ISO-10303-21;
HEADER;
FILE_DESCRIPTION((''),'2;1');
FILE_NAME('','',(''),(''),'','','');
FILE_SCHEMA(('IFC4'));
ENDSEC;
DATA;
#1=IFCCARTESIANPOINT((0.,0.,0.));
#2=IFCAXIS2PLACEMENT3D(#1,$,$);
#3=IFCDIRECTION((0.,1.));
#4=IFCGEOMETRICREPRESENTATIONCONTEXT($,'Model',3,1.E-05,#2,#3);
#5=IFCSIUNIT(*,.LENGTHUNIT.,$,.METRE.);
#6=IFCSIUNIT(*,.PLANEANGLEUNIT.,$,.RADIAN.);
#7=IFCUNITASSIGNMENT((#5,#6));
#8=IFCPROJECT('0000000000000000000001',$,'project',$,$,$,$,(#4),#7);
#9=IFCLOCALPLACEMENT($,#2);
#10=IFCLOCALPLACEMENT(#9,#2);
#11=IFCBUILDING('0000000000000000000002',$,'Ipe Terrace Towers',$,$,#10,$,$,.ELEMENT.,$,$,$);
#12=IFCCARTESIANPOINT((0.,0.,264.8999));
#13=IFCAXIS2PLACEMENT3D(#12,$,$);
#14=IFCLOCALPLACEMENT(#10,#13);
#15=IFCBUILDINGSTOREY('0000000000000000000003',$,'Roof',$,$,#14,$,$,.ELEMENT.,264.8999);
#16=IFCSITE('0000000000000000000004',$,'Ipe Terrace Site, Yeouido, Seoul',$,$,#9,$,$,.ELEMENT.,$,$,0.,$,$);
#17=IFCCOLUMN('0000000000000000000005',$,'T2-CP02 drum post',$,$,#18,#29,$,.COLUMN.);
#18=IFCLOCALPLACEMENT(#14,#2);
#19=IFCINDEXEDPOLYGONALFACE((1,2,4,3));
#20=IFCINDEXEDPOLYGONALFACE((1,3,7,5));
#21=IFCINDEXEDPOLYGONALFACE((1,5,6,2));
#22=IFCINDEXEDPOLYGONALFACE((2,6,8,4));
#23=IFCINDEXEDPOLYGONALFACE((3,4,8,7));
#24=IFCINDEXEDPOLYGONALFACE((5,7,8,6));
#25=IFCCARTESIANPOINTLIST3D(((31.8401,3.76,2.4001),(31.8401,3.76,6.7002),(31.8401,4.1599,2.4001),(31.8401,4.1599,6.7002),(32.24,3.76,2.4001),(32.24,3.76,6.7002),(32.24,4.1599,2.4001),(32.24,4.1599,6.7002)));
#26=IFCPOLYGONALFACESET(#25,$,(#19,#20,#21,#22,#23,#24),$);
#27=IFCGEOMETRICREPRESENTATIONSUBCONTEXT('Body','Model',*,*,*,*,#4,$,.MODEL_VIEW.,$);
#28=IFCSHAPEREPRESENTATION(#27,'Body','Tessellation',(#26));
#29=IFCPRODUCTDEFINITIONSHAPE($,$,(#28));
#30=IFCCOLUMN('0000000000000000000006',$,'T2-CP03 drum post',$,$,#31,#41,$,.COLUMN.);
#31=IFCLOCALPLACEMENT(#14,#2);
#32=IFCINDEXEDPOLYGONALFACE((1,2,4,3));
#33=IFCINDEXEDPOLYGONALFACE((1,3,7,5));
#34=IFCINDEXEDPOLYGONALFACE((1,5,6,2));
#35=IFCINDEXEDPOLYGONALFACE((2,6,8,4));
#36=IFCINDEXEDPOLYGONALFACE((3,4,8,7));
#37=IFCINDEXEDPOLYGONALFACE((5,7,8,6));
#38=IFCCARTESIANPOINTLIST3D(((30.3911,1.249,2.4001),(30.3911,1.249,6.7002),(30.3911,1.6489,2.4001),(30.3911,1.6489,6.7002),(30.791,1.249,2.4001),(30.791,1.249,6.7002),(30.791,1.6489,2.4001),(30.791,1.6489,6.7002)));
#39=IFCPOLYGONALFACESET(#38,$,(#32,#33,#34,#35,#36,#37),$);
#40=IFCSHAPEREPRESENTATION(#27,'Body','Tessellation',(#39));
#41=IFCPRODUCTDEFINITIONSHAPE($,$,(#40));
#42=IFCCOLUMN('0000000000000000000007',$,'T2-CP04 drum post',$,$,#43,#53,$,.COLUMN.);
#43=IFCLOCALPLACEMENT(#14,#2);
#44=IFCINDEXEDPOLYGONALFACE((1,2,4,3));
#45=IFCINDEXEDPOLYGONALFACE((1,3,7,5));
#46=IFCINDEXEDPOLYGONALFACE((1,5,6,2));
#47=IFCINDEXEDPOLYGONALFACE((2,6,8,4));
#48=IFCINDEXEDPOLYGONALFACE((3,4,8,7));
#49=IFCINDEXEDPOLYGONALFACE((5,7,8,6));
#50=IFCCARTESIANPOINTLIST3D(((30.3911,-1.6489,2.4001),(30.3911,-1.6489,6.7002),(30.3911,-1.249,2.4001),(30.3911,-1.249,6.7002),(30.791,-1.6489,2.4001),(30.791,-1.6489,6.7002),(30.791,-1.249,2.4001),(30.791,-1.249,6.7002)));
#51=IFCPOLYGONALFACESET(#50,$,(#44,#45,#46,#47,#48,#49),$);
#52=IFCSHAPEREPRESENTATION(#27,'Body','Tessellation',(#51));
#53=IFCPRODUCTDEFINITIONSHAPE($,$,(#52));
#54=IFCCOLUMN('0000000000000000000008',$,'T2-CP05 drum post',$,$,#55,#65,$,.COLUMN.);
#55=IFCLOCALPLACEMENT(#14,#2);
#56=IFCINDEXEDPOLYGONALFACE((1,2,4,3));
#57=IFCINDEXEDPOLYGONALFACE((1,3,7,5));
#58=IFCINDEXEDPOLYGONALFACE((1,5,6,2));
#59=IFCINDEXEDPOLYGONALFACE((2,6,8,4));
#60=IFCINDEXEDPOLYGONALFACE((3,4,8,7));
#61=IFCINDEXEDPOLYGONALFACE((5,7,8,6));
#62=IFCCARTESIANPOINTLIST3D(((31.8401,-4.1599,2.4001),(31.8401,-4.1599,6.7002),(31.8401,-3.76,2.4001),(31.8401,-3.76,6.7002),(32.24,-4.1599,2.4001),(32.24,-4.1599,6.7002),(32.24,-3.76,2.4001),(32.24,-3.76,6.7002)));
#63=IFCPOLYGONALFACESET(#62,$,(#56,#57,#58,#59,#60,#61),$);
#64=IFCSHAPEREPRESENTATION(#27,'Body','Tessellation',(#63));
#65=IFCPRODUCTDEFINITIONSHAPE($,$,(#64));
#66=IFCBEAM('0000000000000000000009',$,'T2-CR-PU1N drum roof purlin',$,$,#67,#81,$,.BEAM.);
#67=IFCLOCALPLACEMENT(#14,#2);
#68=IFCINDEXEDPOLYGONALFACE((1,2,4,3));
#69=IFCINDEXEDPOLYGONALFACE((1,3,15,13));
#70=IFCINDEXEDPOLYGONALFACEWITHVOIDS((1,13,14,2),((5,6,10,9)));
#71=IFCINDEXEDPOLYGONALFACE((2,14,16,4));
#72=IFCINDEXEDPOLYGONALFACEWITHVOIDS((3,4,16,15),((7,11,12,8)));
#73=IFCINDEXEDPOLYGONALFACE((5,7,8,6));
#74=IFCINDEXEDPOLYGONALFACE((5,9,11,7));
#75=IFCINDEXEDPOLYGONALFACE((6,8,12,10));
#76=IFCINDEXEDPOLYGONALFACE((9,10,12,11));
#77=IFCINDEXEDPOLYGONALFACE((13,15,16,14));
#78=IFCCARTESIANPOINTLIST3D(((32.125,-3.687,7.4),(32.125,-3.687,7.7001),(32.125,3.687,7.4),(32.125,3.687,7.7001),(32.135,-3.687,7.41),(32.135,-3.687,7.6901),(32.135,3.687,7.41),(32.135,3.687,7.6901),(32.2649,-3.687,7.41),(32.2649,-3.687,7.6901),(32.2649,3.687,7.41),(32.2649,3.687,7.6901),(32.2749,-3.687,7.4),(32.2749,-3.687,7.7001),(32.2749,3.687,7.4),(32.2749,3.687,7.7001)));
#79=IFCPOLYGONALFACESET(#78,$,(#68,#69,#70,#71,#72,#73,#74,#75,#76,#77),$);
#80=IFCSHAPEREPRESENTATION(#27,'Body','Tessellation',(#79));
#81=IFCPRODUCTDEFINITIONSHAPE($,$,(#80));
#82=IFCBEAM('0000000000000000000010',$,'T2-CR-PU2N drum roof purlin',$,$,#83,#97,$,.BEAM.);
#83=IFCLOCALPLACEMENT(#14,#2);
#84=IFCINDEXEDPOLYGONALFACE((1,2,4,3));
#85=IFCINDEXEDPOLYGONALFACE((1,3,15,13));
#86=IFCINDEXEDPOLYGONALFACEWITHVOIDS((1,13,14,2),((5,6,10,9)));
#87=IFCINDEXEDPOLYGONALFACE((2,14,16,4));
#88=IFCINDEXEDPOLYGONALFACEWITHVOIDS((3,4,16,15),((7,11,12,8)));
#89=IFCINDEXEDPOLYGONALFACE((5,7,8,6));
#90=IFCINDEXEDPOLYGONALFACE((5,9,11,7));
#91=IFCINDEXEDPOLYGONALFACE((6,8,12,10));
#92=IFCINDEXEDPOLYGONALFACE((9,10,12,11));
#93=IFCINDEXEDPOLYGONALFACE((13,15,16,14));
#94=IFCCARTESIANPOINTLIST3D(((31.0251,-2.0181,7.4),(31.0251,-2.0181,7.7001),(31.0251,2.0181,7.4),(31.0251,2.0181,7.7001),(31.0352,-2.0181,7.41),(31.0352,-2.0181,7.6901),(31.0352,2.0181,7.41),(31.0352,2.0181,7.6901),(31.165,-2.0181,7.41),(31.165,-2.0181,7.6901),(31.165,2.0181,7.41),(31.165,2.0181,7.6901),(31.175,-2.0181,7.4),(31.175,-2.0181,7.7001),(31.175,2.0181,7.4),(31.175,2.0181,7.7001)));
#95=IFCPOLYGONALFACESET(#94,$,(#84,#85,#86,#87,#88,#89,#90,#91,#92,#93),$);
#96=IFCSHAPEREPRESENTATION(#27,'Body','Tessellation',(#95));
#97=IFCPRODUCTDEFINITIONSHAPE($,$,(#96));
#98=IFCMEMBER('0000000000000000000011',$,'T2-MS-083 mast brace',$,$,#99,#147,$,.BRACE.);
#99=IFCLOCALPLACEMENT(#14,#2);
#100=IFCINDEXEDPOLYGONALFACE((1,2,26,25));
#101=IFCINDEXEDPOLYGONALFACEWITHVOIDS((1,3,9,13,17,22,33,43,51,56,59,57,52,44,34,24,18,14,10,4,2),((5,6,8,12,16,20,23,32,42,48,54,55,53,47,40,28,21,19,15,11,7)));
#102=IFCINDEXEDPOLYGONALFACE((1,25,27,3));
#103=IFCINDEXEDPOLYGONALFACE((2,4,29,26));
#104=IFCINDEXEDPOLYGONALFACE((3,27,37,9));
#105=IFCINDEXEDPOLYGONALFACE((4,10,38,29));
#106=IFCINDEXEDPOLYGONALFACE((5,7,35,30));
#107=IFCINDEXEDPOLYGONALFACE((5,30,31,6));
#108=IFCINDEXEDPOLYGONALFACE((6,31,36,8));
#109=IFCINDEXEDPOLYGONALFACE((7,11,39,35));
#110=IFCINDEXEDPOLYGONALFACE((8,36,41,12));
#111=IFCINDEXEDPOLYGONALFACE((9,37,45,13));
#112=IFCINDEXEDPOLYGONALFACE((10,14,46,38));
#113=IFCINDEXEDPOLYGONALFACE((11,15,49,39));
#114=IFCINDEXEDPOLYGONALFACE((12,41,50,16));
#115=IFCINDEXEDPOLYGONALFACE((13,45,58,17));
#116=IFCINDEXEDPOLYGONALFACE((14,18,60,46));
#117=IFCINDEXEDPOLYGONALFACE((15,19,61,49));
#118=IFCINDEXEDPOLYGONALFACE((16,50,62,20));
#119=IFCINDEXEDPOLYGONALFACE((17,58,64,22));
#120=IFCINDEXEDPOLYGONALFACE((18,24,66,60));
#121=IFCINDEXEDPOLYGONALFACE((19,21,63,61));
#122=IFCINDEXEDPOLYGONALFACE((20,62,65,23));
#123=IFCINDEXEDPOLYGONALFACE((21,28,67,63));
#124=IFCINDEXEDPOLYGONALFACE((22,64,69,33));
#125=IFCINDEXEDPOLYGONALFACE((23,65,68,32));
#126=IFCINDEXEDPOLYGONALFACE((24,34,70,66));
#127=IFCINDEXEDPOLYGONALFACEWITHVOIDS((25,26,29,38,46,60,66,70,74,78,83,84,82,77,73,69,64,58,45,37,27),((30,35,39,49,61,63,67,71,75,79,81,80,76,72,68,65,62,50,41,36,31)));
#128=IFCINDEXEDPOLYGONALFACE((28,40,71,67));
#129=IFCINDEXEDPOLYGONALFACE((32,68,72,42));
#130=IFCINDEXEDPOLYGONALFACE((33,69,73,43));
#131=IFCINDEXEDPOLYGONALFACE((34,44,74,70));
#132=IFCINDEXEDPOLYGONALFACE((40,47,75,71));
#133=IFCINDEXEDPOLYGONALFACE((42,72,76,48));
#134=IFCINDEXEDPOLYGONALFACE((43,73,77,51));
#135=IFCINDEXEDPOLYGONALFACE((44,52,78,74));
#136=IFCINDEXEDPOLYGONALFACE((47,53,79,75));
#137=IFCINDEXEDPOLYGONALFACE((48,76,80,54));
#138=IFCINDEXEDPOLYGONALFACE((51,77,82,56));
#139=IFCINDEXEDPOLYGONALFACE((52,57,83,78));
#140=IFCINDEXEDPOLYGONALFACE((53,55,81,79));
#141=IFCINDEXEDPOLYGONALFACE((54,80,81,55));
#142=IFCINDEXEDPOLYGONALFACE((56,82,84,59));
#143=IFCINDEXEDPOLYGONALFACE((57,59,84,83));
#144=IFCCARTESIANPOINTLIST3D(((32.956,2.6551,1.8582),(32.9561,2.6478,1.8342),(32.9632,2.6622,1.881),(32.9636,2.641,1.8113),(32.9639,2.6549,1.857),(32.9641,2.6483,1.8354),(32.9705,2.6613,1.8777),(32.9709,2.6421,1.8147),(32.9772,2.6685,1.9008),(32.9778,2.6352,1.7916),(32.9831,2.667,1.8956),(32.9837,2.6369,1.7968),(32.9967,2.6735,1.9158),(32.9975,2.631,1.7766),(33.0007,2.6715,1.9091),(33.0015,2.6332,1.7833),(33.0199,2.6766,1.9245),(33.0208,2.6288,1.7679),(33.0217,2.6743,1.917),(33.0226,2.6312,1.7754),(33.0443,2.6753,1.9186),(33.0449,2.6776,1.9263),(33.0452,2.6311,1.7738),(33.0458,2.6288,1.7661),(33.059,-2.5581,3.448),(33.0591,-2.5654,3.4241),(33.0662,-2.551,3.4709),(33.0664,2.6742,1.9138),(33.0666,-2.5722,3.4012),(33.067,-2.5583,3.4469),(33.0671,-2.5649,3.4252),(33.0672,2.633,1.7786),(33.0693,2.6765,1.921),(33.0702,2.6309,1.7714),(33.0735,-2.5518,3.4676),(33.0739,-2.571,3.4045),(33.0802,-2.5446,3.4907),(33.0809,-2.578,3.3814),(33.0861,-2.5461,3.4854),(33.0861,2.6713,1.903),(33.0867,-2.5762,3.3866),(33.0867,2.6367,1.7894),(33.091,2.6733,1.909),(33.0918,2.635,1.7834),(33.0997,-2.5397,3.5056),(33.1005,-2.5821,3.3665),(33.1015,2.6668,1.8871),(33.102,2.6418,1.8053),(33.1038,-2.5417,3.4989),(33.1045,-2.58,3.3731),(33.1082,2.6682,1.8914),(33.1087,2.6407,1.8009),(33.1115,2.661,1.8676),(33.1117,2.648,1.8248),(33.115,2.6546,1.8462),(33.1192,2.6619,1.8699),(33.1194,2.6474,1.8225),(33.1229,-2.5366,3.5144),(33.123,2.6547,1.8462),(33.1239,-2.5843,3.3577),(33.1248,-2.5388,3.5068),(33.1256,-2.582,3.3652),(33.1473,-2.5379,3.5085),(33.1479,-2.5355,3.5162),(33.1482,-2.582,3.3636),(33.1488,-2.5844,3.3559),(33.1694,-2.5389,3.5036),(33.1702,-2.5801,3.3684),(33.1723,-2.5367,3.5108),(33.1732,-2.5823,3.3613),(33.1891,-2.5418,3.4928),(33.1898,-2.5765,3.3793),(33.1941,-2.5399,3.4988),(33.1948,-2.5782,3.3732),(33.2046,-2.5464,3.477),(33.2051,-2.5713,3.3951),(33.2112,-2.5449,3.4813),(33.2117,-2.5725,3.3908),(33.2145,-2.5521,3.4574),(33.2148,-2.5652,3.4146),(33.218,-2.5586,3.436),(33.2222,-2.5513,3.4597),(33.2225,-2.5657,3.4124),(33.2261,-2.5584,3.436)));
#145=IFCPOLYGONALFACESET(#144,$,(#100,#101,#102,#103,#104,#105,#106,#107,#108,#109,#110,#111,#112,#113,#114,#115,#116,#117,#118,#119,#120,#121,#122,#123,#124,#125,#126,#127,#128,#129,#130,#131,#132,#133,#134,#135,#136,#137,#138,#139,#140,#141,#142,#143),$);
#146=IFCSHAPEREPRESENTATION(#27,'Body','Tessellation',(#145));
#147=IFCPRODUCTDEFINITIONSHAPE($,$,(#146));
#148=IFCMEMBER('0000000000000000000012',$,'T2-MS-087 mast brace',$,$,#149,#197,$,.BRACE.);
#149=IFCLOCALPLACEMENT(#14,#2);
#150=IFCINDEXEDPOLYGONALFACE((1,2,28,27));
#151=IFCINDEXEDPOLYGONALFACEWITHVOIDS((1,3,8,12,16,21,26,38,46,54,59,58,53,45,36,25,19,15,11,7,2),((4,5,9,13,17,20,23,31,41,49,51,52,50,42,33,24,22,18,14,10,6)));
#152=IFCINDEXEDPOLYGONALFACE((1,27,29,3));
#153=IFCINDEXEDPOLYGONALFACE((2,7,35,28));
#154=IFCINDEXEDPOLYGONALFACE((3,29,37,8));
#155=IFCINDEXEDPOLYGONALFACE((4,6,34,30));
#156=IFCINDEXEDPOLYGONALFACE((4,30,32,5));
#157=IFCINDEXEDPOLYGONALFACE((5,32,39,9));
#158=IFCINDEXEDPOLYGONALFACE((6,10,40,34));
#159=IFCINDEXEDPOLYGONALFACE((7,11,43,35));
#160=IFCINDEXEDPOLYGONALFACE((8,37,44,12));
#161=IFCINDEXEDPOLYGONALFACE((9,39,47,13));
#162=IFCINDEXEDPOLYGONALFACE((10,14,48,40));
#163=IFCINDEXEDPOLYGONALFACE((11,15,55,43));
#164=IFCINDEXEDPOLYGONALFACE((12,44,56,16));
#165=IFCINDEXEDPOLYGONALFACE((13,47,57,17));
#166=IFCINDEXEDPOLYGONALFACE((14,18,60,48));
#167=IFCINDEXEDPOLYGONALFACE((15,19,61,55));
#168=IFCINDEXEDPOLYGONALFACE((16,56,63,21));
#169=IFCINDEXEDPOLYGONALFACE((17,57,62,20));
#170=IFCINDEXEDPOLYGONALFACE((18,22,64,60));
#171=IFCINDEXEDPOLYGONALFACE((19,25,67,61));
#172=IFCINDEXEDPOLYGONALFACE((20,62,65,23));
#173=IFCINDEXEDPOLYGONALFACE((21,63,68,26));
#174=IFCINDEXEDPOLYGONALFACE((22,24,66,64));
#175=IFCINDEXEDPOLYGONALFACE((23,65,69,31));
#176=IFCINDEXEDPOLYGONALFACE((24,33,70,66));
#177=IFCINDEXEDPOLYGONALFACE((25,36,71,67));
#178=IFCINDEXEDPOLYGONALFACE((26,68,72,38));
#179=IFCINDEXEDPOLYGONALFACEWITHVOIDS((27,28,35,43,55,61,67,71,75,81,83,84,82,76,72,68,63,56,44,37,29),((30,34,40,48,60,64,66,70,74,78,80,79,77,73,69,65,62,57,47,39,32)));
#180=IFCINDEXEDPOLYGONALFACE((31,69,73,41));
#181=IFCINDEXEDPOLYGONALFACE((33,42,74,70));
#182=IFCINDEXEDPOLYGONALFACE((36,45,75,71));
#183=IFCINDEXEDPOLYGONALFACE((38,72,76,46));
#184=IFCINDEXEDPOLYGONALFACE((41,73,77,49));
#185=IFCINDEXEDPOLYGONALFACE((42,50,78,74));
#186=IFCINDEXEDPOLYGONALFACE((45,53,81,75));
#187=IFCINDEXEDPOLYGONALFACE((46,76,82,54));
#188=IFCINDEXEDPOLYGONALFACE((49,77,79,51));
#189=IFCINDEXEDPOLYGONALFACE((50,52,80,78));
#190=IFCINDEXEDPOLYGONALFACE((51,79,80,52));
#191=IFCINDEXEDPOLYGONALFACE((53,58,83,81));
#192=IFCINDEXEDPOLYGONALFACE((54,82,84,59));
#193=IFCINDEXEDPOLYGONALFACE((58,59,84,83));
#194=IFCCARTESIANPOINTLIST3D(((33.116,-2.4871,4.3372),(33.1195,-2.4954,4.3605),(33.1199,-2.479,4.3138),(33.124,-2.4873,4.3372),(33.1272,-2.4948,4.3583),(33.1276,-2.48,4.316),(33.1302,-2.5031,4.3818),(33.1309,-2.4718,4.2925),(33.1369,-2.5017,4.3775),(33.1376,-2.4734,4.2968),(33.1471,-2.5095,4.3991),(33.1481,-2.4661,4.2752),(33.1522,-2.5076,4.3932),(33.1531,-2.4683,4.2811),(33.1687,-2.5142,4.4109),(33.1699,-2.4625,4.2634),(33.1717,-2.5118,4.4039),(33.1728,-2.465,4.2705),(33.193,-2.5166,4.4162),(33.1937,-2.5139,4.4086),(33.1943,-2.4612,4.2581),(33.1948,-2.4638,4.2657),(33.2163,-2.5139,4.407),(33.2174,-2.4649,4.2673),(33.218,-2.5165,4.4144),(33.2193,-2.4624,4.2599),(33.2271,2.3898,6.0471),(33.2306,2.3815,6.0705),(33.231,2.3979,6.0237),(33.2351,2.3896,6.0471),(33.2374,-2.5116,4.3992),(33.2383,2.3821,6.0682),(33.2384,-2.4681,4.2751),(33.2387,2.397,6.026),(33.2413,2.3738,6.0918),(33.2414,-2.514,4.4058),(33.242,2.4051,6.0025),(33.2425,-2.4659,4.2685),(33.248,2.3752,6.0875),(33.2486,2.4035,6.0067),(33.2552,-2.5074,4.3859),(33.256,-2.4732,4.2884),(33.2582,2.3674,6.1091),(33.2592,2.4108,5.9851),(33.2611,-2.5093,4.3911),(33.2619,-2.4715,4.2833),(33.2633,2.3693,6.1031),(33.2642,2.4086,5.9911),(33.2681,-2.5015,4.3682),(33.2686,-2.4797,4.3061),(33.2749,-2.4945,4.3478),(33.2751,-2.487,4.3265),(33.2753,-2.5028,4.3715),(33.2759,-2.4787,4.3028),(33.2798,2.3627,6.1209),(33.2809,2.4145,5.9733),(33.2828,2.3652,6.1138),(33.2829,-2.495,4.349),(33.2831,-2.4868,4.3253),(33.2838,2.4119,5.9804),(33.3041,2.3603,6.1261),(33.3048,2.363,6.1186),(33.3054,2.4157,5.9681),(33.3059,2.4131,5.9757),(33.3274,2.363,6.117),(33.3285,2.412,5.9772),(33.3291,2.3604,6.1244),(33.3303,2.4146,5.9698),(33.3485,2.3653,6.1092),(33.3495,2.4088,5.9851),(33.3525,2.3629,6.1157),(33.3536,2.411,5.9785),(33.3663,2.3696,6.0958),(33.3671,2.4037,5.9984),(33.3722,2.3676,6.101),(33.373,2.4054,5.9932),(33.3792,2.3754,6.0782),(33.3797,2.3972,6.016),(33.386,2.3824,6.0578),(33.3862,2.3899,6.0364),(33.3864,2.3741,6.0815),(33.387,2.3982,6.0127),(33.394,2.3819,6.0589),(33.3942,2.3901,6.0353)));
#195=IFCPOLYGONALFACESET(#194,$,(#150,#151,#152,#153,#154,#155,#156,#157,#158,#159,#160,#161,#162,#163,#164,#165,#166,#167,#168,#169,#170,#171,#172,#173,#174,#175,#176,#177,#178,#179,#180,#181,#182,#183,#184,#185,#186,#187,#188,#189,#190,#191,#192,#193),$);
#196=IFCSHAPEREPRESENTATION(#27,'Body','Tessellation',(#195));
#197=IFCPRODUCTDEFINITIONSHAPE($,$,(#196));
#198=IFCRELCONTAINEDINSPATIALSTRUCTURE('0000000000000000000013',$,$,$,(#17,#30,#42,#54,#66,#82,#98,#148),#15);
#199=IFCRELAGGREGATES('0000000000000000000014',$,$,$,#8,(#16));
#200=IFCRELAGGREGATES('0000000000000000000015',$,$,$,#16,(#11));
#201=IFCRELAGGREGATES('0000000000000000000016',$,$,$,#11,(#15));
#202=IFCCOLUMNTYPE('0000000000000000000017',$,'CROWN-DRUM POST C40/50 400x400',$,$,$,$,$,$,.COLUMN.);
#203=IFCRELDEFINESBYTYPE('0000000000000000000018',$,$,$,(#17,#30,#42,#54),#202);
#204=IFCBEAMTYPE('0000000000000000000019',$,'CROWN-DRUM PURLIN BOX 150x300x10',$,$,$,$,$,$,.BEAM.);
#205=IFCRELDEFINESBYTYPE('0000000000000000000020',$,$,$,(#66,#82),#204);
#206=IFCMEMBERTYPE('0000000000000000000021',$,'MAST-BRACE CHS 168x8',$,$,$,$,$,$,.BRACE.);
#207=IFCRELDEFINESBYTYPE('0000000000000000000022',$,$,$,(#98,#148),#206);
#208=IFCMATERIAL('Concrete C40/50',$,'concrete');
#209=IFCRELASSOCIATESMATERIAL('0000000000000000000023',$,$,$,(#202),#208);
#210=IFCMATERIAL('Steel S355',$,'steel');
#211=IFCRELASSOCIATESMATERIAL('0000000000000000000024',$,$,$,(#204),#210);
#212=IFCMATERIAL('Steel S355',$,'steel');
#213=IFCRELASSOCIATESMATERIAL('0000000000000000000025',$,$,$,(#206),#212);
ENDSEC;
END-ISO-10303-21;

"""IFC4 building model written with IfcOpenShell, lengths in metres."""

from ifc_helpers import new_model, si_unit, direction, frame, origin, origin_2d, place, context, subcontext, project, spatial, rectangle, hollow_rectangle, hollow_circle, extrude, material, material_profile, profile_set, type_object, element, save


model = new_model("IFC4")

# Units and contexts
model_context = context("Model", 3, precision=1e-05, world=origin(), true_north=direction((0.0, 1.0)))
body_context = subcontext(model_context, "Body", "Model", "MODEL_VIEW")
ifc_project = project(units=[si_unit("LENGTHUNIT", "METRE"), si_unit("PLANEANGLEUNIT", "RADIAN")], contexts=[model_context])

# Site, building, storey
site_placement = place(None, origin())
site = spatial("IfcSite", under=ifc_project, at=site_placement, Name="Ipe Terrace Site, Yeouido, Seoul", CompositionType="ELEMENT", RefElevation=0.0)
building_placement = place(site_placement, origin())
building = spatial("IfcBuilding", under=site, at=building_placement, Name="Ipe Terrace Towers", CompositionType="ELEMENT")
storey_placement = place(building_placement, frame((0.0, 0.0, 264.8999)))
storey = spatial("IfcBuildingStorey", under=building, at=storey_placement, Name="Roof", CompositionType="ELEMENT", Elevation=264.8999)

# Columns
ifc_material_1 = material(Name="Concrete C40/50", Category="concrete")
ifc_material_profile_1 = material_profile(ifc_material_1, rectangle(XDim=0.3999, YDim=0.3999, at=origin_2d()), Name="CROWN-DRUM POST C40/50 400x400")
ifc_profile_set_1 = profile_set([ifc_material_profile_1], Name="Concrete C40/50")
column_type = type_object("IfcColumnType", Name="CROWN-DRUM POST C40/50 400x400", PredefinedType="COLUMN", material=ifc_profile_set_1)
for number, where, z_axis, x_axis, name in (
    (1, (32.04, 3.96, 2.4001), (0.0, 0.0, 1.0), (1.0, 0.0, 0.0), "T2-CP02 drum post"),
    (2, (30.5911, 1.449, 2.4001), (0.0, 0.0, 1.0), (1.0, 0.0, 0.0), "T2-CP03 drum post"),
    (3, (30.5911, -1.449, 2.4001), (0.0, 0.0, 1.0), (1.0, 0.0, 0.0), "T2-CP04 drum post"),
    (4, (32.04, -3.96, 2.4001), (0.0, 0.0, 1.0), (1.0, 0.0, 0.0), "T2-CP05 drum post"),
):
    element("IfcColumn", number, at=place(storey_placement, frame(where, z_axis=z_axis, x_axis=x_axis)), inside=storey, type_object=column_type, Name=name, PredefinedType="COLUMN", context=body_context, shape_type="SweptSolid", body=[
        extrude(rectangle(XDim=0.3999, YDim=0.3999, at=origin_2d()), origin(), (0.0, 0.0, 1.0), 4.3),
    ])

# Beams
ifc_material_2 = material(Name="Steel S355", Category="steel")
ifc_material_profile_2 = material_profile(ifc_material_2, hollow_rectangle(XDim=0.1499, YDim=0.3, WallThickness=0.01, at=origin_2d()), Name="CROWN-DRUM PURLIN BOX 150x300x10")
ifc_profile_set_2 = profile_set([ifc_material_profile_2], Name="Steel S355")
beam_type_1 = type_object("IfcBeamType", Name="CROWN-DRUM PURLIN BOX 150x300x10", PredefinedType="BEAM", material=ifc_profile_set_2)
beam_1_placement = place(storey_placement, frame((32.2, -3.687, 7.55), z_axis=(0.0, 1.0, 0.0), x_axis=(-1.0, 0.0, 0.0)))
element("IfcBeam", 5, at=beam_1_placement, inside=storey, type_object=beam_type_1, Name="T2-CR-PU1N drum roof purlin", PredefinedType="BEAM", context=body_context, shape_type="SweptSolid", body=[
    extrude(hollow_rectangle(XDim=0.1499, YDim=0.3, WallThickness=0.01, at=origin_2d()), origin(), (0.0, 0.0, 1.0), 7.374),
])
beam_2_placement = place(storey_placement, frame((31.1001, -2.0181, 7.55), z_axis=(0.0, 1.0, 0.0), x_axis=(-1.0, 0.0, 0.0)))
element("IfcBeam", 6, at=beam_2_placement, inside=storey, type_object=beam_type_1, Name="T2-CR-PU2N drum roof purlin", PredefinedType="BEAM", context=body_context, shape_type="SweptSolid", body=[
    extrude(hollow_rectangle(XDim=0.1499, YDim=0.3, WallThickness=0.01, at=origin_2d()), origin(), (0.0, 0.0, 1.0), 4.0361),
])

# Members
ifc_material_3 = material(Name="Steel S355", Category="steel")
ifc_material_profile_3 = material_profile(ifc_material_3, hollow_circle(Radius=0.084, WallThickness=0.0081, at=origin_2d()), Name="MAST-BRACE CHS 168x8")
ifc_profile_set_3 = profile_set([ifc_material_profile_3], Name="Steel S355")
member_type_1 = type_object("IfcMemberType", Name="MAST-BRACE CHS 168x8", PredefinedType="BRACE", material=ifc_profile_set_3)
member_1_placement = place(storey_placement, frame((33.0391, 2.6531, 1.8462), z_axis=(0.0189, -0.956337, 0.291653), x_axis=(0.999805, 0.019759, 0.0)))
element("IfcMember", 7, at=member_1_placement, inside=storey, type_object=member_type_1, Name="T2-MS-083 mast brace", PredefinedType="BRACE", context=body_context, shape_type="SweptSolid", body=[
    extrude(hollow_circle(Radius=0.084, WallThickness=0.0081, at=origin_2d()), origin(), (0.0, 0.0, 1.0), 5.4512),
])
member_2_placement = place(storey_placement, frame((33.2, -2.489, 4.3372), z_axis=(0.021489, 0.943458, 0.330796), x_axis=(-0.999741, 0.022771, 0.0)))
element("IfcMember", 8, at=member_2_placement, inside=storey, type_object=member_type_1, Name="T2-MS-087 mast brace", PredefinedType="BRACE", context=body_context, shape_type="SweptSolid", body=[
    extrude(hollow_circle(Radius=0.084, WallThickness=0.0081, at=origin_2d()), origin(), (0.0, 0.0, 1.0), 5.1692),
])

save(model, "model.ifc")
